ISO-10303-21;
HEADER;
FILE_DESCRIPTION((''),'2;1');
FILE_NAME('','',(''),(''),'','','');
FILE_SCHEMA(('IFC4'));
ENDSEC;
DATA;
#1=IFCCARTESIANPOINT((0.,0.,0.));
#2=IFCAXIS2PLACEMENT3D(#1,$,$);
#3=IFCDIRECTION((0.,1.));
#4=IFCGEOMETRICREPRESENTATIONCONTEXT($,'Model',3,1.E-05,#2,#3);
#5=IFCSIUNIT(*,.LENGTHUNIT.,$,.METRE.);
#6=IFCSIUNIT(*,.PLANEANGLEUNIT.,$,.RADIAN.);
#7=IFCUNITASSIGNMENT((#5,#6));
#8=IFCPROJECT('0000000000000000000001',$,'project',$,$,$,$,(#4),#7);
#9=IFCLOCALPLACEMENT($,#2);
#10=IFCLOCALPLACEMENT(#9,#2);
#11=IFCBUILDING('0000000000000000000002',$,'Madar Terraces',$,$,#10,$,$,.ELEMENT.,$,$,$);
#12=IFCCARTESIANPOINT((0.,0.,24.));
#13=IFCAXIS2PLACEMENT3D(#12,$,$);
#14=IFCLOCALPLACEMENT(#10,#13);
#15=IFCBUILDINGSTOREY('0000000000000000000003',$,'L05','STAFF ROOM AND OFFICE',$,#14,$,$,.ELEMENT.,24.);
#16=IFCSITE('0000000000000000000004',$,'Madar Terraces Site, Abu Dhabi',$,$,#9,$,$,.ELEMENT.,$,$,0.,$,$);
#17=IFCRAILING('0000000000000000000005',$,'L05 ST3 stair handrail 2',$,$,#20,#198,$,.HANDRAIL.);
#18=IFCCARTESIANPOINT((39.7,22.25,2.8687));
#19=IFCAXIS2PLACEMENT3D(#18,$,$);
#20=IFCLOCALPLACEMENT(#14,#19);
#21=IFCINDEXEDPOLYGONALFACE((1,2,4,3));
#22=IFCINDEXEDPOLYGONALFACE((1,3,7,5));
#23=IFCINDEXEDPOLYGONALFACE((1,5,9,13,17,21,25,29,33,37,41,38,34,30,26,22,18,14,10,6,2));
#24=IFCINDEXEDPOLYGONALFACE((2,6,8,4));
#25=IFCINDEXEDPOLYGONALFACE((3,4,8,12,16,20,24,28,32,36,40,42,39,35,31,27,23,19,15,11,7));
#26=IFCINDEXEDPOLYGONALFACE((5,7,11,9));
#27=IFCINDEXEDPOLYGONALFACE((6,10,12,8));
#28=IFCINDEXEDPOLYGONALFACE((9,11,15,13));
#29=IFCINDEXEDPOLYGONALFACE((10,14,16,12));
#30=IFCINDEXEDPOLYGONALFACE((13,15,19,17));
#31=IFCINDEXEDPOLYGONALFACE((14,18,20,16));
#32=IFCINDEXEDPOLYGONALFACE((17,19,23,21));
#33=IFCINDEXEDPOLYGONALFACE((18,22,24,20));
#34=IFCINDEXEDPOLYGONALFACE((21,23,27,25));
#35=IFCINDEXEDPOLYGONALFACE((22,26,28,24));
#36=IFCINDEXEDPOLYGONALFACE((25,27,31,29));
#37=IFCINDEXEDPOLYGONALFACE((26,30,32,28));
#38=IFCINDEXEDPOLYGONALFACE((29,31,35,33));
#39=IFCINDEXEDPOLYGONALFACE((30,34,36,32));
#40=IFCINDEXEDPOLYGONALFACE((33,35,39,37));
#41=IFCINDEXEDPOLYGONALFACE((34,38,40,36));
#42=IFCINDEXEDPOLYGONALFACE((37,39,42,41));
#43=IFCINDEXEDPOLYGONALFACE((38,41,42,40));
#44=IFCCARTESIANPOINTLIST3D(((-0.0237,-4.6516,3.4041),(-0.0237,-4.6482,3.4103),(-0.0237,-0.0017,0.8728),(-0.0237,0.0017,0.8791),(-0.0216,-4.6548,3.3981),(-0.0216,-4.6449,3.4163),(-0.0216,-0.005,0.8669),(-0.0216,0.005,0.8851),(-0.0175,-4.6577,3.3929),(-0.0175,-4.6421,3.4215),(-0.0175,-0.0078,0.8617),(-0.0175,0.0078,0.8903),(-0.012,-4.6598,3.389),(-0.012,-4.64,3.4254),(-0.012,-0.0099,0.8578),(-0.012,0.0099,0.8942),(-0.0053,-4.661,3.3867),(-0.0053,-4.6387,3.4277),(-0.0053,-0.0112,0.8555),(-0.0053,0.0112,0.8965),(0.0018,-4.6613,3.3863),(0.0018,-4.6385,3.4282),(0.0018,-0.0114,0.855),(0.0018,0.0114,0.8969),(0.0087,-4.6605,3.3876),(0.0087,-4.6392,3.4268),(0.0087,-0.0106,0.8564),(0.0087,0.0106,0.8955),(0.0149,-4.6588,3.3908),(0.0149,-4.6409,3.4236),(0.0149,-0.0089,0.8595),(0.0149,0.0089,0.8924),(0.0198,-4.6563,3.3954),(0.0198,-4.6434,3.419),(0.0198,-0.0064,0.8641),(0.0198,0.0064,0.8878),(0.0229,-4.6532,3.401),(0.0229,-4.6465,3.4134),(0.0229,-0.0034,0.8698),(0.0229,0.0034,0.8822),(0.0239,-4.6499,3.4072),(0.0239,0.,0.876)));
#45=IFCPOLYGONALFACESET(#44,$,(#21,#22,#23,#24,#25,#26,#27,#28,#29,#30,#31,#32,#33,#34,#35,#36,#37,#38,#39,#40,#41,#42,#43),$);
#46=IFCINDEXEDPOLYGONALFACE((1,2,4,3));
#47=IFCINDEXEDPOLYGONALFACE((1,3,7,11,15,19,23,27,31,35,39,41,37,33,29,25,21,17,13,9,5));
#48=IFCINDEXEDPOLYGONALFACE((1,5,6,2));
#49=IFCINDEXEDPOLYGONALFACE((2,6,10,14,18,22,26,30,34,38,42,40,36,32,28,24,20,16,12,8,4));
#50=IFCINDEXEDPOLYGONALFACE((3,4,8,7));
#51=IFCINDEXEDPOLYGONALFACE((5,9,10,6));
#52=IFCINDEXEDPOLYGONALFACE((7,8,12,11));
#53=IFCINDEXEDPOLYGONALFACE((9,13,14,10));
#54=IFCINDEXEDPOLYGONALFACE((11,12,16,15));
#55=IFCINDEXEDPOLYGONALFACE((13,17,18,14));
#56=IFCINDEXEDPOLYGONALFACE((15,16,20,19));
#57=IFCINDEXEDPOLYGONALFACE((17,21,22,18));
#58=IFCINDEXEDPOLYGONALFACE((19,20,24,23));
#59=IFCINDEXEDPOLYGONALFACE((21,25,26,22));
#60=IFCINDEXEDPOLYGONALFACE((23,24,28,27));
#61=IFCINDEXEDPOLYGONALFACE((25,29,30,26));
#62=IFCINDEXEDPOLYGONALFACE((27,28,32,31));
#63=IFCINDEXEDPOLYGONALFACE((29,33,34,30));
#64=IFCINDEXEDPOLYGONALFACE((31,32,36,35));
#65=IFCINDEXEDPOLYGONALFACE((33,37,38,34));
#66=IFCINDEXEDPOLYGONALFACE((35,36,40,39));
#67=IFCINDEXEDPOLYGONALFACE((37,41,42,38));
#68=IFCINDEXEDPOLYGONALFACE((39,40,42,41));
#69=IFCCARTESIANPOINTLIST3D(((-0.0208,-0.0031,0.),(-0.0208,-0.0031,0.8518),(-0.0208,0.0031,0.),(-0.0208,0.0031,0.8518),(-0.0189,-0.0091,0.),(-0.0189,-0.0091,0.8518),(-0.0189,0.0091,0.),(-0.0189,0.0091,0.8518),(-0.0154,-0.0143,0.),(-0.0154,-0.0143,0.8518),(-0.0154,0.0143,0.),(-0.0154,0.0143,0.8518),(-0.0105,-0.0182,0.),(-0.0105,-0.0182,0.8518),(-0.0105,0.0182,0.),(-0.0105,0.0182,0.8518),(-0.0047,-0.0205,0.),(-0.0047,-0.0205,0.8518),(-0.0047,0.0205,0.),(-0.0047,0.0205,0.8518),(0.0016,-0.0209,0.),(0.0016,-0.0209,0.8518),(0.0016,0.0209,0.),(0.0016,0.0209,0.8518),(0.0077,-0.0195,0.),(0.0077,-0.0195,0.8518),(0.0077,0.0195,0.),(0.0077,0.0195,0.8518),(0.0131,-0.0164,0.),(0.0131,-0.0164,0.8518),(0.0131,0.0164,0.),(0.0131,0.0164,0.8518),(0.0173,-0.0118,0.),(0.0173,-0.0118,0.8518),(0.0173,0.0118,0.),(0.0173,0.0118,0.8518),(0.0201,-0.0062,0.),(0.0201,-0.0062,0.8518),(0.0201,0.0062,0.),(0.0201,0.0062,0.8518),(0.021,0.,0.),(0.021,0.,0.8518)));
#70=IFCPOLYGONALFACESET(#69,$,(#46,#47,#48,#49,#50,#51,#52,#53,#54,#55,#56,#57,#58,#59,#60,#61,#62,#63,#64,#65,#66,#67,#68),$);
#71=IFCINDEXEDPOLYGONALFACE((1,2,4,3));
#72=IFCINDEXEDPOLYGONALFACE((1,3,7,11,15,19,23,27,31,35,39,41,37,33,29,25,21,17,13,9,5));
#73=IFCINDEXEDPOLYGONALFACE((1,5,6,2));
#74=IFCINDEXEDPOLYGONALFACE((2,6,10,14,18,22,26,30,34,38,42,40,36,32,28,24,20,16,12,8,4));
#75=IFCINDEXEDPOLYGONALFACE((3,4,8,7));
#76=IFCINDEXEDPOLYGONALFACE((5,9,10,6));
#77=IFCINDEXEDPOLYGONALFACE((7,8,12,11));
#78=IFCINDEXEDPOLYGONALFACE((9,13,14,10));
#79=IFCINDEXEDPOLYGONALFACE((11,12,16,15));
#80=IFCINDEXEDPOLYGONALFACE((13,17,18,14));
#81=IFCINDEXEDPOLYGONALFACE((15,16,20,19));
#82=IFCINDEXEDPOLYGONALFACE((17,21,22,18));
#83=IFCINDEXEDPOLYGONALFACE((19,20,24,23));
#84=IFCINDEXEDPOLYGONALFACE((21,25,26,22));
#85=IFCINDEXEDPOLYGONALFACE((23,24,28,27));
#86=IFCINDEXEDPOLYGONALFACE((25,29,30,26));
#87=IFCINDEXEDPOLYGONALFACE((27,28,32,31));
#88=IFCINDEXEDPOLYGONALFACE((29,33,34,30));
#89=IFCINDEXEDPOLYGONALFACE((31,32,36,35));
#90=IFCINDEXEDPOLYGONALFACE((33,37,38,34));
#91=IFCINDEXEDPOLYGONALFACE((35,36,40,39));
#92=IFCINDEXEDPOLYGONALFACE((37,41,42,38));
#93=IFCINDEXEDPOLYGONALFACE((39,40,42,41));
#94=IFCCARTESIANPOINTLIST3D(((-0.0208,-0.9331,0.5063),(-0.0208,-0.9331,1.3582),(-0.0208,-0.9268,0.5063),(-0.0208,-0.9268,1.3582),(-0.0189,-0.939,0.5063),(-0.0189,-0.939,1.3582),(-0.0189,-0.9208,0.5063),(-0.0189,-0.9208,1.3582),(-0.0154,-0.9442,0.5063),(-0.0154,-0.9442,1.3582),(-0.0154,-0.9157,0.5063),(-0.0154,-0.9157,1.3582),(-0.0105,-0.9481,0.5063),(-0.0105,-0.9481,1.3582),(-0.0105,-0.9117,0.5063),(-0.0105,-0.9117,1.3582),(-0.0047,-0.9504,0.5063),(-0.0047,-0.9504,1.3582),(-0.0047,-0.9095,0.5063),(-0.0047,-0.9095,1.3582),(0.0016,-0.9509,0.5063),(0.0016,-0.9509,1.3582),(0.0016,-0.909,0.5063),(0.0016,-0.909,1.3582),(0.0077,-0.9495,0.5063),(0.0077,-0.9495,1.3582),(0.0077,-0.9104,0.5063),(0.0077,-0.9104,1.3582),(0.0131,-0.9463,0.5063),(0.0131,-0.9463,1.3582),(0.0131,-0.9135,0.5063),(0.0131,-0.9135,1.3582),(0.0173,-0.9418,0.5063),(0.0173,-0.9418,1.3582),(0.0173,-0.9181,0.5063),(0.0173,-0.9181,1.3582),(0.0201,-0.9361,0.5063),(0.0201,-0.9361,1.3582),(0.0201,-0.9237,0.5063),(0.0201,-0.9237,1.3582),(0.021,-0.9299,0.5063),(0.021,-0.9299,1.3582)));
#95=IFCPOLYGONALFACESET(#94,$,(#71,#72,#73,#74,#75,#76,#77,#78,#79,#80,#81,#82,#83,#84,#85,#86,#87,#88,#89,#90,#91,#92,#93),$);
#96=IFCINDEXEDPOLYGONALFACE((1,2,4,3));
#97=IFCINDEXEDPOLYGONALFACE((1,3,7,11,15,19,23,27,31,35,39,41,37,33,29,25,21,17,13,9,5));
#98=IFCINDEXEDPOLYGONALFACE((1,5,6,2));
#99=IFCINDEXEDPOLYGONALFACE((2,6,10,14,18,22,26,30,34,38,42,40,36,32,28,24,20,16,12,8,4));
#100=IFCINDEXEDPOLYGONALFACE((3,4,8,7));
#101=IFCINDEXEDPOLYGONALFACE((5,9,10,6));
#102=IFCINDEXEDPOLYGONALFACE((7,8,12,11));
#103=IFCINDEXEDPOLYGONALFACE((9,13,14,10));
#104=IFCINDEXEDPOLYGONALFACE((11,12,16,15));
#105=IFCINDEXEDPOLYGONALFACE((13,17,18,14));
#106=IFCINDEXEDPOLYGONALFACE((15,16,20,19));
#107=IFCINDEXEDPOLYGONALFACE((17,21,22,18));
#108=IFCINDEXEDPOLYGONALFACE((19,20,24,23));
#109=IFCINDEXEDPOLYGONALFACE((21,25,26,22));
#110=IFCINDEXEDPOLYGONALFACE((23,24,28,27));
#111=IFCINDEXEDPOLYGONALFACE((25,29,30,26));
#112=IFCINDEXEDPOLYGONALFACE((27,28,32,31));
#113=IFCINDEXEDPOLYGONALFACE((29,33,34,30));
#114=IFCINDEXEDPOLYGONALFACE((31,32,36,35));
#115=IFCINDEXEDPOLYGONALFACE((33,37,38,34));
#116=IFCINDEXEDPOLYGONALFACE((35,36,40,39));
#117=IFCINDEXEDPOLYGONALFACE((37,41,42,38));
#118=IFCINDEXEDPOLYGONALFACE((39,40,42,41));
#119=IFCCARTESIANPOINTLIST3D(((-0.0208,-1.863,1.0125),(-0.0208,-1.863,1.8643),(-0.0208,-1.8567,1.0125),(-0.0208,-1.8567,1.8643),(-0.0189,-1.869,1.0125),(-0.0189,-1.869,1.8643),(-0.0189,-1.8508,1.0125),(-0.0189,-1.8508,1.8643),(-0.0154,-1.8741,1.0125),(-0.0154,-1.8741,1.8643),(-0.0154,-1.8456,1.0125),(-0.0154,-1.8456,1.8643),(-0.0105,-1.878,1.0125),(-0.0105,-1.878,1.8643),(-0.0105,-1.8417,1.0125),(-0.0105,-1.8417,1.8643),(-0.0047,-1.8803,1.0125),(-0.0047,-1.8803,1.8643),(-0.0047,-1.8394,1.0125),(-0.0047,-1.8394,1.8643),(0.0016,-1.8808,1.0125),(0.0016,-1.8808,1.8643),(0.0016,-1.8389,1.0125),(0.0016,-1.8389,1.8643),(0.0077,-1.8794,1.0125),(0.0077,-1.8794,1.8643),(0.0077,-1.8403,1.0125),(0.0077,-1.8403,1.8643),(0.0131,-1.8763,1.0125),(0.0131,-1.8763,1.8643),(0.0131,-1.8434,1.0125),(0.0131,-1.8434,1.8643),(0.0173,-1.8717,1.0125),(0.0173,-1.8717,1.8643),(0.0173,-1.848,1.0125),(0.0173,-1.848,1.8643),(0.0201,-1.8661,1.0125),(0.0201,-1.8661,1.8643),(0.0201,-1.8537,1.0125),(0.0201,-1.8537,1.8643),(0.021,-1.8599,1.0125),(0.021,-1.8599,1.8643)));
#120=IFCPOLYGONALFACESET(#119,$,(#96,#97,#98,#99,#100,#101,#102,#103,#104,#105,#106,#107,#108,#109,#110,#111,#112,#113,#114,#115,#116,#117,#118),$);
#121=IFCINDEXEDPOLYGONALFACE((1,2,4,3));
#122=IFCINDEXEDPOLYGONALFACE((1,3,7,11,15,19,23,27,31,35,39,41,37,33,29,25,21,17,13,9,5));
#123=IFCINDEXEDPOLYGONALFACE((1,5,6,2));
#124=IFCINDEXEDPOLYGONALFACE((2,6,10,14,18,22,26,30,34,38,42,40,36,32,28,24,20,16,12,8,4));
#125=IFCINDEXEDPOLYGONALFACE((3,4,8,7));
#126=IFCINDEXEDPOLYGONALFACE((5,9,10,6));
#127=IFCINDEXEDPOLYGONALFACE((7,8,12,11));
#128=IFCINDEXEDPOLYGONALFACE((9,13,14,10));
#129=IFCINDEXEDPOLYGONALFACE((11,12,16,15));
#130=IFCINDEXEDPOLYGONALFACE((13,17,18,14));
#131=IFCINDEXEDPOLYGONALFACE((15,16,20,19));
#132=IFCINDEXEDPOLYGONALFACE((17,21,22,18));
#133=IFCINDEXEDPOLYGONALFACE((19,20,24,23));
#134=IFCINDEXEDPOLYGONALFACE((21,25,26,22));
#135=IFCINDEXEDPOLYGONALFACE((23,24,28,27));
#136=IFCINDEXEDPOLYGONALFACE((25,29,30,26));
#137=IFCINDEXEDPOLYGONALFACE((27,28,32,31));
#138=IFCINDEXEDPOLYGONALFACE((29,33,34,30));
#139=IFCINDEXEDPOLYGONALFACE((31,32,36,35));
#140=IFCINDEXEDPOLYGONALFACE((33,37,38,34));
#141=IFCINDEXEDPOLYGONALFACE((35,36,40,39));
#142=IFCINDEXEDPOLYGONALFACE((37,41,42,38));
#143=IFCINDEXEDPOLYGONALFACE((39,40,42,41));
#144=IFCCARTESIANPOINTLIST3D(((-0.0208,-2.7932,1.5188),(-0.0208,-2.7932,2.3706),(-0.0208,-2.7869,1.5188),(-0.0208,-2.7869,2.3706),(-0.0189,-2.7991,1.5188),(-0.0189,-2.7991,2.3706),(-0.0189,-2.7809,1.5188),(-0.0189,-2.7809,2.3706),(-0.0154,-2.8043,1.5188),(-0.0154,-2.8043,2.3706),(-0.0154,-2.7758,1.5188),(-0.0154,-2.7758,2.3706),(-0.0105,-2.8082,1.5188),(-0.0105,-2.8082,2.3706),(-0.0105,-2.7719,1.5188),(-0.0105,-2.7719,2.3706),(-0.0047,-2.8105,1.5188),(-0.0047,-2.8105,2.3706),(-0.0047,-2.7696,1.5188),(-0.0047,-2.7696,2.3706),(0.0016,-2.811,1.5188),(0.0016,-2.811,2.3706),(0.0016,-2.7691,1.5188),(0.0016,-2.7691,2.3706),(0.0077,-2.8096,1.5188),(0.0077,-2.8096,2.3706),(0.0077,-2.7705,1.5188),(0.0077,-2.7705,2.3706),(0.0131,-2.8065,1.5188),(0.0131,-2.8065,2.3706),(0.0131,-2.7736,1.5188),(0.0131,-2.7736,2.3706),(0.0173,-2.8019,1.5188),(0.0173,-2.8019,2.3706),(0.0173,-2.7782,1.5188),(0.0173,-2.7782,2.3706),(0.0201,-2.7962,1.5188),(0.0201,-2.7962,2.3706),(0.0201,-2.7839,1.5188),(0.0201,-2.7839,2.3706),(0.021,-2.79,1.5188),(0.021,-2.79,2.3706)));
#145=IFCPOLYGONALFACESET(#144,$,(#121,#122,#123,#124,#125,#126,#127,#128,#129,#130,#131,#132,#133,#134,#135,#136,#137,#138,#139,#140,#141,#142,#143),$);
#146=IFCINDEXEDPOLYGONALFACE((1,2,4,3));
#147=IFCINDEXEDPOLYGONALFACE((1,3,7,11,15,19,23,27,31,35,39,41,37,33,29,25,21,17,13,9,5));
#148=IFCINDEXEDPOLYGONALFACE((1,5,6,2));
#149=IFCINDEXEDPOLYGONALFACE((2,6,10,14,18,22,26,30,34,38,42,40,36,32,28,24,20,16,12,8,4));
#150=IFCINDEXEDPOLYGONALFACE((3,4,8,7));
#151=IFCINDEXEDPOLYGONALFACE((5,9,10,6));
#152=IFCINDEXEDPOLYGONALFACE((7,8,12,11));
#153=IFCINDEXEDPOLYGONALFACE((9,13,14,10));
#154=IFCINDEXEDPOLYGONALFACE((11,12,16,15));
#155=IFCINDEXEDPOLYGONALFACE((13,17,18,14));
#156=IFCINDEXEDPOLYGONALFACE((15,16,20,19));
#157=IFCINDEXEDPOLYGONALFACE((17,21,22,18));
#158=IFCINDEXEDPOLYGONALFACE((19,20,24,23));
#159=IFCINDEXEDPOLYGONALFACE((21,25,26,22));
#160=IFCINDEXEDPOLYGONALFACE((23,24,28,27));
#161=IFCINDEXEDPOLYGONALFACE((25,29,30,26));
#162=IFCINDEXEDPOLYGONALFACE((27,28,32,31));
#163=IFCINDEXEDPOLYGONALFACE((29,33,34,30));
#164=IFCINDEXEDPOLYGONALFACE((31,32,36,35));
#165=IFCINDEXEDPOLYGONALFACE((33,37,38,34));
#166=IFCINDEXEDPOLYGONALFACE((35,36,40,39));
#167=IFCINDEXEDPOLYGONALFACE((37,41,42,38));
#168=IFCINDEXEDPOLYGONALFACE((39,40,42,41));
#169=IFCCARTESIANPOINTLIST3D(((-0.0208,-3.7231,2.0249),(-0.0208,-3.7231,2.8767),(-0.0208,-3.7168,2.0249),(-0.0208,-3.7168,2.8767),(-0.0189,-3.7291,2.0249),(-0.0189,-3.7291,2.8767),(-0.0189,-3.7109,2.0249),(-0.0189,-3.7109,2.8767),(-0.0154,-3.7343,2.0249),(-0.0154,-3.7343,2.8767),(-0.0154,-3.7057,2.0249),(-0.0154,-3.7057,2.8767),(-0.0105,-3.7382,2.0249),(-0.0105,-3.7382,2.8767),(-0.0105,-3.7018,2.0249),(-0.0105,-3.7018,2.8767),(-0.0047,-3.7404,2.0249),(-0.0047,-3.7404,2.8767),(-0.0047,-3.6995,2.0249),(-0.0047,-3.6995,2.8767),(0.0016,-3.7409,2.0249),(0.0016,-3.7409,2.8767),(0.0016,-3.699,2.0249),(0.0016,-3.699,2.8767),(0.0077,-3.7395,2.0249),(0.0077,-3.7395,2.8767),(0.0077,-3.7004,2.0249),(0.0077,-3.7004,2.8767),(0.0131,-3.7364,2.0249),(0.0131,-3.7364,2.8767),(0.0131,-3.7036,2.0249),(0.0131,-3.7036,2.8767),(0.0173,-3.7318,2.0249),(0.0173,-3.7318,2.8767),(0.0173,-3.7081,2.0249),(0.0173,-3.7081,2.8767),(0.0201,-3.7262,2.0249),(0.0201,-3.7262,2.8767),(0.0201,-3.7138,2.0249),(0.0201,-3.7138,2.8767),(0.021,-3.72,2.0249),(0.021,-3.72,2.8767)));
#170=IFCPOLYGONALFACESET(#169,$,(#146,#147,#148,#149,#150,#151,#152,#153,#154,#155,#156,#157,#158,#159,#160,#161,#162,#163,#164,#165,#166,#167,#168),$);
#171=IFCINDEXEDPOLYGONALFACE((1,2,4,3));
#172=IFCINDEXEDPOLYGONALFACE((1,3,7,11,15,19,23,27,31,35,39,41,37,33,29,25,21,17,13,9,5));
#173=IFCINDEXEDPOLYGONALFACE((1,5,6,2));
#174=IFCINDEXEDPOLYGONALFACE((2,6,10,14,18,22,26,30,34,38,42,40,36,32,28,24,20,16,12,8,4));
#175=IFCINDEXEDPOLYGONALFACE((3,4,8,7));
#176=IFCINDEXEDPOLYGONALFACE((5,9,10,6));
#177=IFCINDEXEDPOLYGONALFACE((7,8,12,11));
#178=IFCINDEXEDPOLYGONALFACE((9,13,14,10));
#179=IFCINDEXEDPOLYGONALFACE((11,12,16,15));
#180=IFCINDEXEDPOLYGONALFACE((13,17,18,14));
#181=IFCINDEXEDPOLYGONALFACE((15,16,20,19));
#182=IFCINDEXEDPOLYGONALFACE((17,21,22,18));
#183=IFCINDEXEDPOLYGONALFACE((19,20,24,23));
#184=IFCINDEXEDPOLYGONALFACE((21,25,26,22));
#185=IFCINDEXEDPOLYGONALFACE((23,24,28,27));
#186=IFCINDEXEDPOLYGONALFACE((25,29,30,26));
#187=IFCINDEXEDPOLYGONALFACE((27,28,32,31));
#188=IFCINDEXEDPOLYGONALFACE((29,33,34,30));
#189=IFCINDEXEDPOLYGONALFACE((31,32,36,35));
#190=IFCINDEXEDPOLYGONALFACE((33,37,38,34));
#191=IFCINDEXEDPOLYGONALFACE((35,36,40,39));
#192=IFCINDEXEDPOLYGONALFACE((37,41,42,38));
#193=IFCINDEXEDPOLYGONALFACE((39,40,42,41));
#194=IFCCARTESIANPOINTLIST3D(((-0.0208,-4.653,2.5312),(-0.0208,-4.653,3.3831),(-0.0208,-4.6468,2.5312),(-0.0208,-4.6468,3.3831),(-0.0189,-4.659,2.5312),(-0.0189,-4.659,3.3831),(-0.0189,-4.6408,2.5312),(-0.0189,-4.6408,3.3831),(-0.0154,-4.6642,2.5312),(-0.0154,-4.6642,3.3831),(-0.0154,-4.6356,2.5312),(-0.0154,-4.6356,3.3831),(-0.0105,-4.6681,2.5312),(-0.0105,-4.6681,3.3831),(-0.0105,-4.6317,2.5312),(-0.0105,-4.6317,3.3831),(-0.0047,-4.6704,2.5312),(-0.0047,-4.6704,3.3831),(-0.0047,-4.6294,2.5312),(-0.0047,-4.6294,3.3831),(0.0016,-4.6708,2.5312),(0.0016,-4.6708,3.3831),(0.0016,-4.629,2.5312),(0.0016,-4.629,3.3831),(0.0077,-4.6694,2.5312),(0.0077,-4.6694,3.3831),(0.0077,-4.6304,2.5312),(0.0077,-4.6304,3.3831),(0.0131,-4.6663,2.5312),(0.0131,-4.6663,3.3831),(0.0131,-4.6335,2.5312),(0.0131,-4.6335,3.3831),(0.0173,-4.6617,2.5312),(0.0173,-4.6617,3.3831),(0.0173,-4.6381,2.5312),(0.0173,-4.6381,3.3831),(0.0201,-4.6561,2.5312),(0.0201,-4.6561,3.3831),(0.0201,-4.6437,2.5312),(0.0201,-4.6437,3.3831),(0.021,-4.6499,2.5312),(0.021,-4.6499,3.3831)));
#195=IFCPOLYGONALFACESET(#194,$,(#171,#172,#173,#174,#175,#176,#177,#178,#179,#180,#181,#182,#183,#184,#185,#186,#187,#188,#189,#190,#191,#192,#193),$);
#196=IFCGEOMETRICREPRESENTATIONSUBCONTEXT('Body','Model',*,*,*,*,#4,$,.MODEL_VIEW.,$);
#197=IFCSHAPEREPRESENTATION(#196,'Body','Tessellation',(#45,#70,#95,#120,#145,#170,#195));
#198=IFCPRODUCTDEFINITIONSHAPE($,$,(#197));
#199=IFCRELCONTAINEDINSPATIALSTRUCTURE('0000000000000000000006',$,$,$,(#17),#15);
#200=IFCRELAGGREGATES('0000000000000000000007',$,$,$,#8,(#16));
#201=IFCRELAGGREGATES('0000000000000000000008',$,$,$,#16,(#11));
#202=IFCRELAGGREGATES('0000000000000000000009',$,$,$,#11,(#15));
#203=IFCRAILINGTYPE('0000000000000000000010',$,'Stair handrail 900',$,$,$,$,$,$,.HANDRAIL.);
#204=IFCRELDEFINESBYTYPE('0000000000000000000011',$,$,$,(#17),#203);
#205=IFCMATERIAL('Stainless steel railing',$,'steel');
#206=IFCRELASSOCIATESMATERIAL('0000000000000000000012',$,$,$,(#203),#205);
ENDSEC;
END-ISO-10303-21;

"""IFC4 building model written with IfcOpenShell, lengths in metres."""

from ifc_helpers import new_model, si_unit, direction, frame, origin, origin_2d, place, context, subcontext, project, spatial, circle, extrude, material, type_object, element, save


model = new_model("IFC4")

# Units and contexts
model_context = context("Model", 3, precision=1e-05, world=origin(), true_north=direction((0.0, 1.0)))
body_context = subcontext(model_context, "Body", "Model", "MODEL_VIEW")
ifc_project = project(units=[si_unit("LENGTHUNIT", "METRE"), si_unit("PLANEANGLEUNIT", "RADIAN")], contexts=[model_context])

# Site, building, storey
site_placement = place(None, origin())
site = spatial("IfcSite", under=ifc_project, at=site_placement, Name="Madar Terraces Site, Abu Dhabi", CompositionType="ELEMENT", RefElevation=0.0)
building_placement = place(site_placement, origin())
building = spatial("IfcBuilding", under=site, at=building_placement, Name="Madar Terraces", CompositionType="ELEMENT")
storey_placement = place(building_placement, frame((0.0, 0.0, 24.0)))
storey = spatial("IfcBuildingStorey", under=building, at=storey_placement, Name="L05", Description="STAFF ROOM AND OFFICE", CompositionType="ELEMENT", Elevation=24.0)

# Railing
ifc_material_1 = material(Name="Stainless steel railing", Category="steel")
railing_type_1 = type_object("IfcRailingType", Name="Stair handrail 900", PredefinedType="HANDRAIL", material=ifc_material_1)
railing_1_placement = place(storey_placement, frame((39.7, 22.25, 2.8687)))
element("IfcRailing", 1, at=railing_1_placement, inside=storey, type_object=railing_type_1, Name="L05 ST3 stair handrail 2", PredefinedType="HANDRAIL", context=body_context, shape_type="SweptSolid", body=[
    extrude(circle(Radius=0.0239, at=origin_2d()), frame((0.0, 0.0, 0.876), z_axis=(0.0, -0.878297, 0.478115), x_axis=(1.0, 0.0, 0.0)), (0.0, 0.0, 1.0), 5.2942),
    extrude(circle(Radius=0.021, at=origin_2d()), origin(), (0.0, 0.0, 1.0), 0.8518),
    extrude(circle(Radius=0.021, at=origin_2d()), frame((0.0, -0.9299, 0.5063)), (0.0, 0.0, 1.0), 0.8518),
    extrude(circle(Radius=0.021, at=origin_2d()), frame((0.0, -1.8599, 1.0125)), (0.0, 0.0, 1.0), 0.8518),
    extrude(circle(Radius=0.021, at=origin_2d()), frame((0.0, -2.79, 1.5188)), (0.0, 0.0, 1.0), 0.8518),
    extrude(circle(Radius=0.021, at=origin_2d()), frame((0.0, -3.72, 2.0249)), (0.0, 0.0, 1.0), 0.8518),
    extrude(circle(Radius=0.021, at=origin_2d()), frame((0.0, -4.6499, 2.5312)), (0.0, 0.0, 1.0), 0.8518),
])

save(model, "model.ifc")
